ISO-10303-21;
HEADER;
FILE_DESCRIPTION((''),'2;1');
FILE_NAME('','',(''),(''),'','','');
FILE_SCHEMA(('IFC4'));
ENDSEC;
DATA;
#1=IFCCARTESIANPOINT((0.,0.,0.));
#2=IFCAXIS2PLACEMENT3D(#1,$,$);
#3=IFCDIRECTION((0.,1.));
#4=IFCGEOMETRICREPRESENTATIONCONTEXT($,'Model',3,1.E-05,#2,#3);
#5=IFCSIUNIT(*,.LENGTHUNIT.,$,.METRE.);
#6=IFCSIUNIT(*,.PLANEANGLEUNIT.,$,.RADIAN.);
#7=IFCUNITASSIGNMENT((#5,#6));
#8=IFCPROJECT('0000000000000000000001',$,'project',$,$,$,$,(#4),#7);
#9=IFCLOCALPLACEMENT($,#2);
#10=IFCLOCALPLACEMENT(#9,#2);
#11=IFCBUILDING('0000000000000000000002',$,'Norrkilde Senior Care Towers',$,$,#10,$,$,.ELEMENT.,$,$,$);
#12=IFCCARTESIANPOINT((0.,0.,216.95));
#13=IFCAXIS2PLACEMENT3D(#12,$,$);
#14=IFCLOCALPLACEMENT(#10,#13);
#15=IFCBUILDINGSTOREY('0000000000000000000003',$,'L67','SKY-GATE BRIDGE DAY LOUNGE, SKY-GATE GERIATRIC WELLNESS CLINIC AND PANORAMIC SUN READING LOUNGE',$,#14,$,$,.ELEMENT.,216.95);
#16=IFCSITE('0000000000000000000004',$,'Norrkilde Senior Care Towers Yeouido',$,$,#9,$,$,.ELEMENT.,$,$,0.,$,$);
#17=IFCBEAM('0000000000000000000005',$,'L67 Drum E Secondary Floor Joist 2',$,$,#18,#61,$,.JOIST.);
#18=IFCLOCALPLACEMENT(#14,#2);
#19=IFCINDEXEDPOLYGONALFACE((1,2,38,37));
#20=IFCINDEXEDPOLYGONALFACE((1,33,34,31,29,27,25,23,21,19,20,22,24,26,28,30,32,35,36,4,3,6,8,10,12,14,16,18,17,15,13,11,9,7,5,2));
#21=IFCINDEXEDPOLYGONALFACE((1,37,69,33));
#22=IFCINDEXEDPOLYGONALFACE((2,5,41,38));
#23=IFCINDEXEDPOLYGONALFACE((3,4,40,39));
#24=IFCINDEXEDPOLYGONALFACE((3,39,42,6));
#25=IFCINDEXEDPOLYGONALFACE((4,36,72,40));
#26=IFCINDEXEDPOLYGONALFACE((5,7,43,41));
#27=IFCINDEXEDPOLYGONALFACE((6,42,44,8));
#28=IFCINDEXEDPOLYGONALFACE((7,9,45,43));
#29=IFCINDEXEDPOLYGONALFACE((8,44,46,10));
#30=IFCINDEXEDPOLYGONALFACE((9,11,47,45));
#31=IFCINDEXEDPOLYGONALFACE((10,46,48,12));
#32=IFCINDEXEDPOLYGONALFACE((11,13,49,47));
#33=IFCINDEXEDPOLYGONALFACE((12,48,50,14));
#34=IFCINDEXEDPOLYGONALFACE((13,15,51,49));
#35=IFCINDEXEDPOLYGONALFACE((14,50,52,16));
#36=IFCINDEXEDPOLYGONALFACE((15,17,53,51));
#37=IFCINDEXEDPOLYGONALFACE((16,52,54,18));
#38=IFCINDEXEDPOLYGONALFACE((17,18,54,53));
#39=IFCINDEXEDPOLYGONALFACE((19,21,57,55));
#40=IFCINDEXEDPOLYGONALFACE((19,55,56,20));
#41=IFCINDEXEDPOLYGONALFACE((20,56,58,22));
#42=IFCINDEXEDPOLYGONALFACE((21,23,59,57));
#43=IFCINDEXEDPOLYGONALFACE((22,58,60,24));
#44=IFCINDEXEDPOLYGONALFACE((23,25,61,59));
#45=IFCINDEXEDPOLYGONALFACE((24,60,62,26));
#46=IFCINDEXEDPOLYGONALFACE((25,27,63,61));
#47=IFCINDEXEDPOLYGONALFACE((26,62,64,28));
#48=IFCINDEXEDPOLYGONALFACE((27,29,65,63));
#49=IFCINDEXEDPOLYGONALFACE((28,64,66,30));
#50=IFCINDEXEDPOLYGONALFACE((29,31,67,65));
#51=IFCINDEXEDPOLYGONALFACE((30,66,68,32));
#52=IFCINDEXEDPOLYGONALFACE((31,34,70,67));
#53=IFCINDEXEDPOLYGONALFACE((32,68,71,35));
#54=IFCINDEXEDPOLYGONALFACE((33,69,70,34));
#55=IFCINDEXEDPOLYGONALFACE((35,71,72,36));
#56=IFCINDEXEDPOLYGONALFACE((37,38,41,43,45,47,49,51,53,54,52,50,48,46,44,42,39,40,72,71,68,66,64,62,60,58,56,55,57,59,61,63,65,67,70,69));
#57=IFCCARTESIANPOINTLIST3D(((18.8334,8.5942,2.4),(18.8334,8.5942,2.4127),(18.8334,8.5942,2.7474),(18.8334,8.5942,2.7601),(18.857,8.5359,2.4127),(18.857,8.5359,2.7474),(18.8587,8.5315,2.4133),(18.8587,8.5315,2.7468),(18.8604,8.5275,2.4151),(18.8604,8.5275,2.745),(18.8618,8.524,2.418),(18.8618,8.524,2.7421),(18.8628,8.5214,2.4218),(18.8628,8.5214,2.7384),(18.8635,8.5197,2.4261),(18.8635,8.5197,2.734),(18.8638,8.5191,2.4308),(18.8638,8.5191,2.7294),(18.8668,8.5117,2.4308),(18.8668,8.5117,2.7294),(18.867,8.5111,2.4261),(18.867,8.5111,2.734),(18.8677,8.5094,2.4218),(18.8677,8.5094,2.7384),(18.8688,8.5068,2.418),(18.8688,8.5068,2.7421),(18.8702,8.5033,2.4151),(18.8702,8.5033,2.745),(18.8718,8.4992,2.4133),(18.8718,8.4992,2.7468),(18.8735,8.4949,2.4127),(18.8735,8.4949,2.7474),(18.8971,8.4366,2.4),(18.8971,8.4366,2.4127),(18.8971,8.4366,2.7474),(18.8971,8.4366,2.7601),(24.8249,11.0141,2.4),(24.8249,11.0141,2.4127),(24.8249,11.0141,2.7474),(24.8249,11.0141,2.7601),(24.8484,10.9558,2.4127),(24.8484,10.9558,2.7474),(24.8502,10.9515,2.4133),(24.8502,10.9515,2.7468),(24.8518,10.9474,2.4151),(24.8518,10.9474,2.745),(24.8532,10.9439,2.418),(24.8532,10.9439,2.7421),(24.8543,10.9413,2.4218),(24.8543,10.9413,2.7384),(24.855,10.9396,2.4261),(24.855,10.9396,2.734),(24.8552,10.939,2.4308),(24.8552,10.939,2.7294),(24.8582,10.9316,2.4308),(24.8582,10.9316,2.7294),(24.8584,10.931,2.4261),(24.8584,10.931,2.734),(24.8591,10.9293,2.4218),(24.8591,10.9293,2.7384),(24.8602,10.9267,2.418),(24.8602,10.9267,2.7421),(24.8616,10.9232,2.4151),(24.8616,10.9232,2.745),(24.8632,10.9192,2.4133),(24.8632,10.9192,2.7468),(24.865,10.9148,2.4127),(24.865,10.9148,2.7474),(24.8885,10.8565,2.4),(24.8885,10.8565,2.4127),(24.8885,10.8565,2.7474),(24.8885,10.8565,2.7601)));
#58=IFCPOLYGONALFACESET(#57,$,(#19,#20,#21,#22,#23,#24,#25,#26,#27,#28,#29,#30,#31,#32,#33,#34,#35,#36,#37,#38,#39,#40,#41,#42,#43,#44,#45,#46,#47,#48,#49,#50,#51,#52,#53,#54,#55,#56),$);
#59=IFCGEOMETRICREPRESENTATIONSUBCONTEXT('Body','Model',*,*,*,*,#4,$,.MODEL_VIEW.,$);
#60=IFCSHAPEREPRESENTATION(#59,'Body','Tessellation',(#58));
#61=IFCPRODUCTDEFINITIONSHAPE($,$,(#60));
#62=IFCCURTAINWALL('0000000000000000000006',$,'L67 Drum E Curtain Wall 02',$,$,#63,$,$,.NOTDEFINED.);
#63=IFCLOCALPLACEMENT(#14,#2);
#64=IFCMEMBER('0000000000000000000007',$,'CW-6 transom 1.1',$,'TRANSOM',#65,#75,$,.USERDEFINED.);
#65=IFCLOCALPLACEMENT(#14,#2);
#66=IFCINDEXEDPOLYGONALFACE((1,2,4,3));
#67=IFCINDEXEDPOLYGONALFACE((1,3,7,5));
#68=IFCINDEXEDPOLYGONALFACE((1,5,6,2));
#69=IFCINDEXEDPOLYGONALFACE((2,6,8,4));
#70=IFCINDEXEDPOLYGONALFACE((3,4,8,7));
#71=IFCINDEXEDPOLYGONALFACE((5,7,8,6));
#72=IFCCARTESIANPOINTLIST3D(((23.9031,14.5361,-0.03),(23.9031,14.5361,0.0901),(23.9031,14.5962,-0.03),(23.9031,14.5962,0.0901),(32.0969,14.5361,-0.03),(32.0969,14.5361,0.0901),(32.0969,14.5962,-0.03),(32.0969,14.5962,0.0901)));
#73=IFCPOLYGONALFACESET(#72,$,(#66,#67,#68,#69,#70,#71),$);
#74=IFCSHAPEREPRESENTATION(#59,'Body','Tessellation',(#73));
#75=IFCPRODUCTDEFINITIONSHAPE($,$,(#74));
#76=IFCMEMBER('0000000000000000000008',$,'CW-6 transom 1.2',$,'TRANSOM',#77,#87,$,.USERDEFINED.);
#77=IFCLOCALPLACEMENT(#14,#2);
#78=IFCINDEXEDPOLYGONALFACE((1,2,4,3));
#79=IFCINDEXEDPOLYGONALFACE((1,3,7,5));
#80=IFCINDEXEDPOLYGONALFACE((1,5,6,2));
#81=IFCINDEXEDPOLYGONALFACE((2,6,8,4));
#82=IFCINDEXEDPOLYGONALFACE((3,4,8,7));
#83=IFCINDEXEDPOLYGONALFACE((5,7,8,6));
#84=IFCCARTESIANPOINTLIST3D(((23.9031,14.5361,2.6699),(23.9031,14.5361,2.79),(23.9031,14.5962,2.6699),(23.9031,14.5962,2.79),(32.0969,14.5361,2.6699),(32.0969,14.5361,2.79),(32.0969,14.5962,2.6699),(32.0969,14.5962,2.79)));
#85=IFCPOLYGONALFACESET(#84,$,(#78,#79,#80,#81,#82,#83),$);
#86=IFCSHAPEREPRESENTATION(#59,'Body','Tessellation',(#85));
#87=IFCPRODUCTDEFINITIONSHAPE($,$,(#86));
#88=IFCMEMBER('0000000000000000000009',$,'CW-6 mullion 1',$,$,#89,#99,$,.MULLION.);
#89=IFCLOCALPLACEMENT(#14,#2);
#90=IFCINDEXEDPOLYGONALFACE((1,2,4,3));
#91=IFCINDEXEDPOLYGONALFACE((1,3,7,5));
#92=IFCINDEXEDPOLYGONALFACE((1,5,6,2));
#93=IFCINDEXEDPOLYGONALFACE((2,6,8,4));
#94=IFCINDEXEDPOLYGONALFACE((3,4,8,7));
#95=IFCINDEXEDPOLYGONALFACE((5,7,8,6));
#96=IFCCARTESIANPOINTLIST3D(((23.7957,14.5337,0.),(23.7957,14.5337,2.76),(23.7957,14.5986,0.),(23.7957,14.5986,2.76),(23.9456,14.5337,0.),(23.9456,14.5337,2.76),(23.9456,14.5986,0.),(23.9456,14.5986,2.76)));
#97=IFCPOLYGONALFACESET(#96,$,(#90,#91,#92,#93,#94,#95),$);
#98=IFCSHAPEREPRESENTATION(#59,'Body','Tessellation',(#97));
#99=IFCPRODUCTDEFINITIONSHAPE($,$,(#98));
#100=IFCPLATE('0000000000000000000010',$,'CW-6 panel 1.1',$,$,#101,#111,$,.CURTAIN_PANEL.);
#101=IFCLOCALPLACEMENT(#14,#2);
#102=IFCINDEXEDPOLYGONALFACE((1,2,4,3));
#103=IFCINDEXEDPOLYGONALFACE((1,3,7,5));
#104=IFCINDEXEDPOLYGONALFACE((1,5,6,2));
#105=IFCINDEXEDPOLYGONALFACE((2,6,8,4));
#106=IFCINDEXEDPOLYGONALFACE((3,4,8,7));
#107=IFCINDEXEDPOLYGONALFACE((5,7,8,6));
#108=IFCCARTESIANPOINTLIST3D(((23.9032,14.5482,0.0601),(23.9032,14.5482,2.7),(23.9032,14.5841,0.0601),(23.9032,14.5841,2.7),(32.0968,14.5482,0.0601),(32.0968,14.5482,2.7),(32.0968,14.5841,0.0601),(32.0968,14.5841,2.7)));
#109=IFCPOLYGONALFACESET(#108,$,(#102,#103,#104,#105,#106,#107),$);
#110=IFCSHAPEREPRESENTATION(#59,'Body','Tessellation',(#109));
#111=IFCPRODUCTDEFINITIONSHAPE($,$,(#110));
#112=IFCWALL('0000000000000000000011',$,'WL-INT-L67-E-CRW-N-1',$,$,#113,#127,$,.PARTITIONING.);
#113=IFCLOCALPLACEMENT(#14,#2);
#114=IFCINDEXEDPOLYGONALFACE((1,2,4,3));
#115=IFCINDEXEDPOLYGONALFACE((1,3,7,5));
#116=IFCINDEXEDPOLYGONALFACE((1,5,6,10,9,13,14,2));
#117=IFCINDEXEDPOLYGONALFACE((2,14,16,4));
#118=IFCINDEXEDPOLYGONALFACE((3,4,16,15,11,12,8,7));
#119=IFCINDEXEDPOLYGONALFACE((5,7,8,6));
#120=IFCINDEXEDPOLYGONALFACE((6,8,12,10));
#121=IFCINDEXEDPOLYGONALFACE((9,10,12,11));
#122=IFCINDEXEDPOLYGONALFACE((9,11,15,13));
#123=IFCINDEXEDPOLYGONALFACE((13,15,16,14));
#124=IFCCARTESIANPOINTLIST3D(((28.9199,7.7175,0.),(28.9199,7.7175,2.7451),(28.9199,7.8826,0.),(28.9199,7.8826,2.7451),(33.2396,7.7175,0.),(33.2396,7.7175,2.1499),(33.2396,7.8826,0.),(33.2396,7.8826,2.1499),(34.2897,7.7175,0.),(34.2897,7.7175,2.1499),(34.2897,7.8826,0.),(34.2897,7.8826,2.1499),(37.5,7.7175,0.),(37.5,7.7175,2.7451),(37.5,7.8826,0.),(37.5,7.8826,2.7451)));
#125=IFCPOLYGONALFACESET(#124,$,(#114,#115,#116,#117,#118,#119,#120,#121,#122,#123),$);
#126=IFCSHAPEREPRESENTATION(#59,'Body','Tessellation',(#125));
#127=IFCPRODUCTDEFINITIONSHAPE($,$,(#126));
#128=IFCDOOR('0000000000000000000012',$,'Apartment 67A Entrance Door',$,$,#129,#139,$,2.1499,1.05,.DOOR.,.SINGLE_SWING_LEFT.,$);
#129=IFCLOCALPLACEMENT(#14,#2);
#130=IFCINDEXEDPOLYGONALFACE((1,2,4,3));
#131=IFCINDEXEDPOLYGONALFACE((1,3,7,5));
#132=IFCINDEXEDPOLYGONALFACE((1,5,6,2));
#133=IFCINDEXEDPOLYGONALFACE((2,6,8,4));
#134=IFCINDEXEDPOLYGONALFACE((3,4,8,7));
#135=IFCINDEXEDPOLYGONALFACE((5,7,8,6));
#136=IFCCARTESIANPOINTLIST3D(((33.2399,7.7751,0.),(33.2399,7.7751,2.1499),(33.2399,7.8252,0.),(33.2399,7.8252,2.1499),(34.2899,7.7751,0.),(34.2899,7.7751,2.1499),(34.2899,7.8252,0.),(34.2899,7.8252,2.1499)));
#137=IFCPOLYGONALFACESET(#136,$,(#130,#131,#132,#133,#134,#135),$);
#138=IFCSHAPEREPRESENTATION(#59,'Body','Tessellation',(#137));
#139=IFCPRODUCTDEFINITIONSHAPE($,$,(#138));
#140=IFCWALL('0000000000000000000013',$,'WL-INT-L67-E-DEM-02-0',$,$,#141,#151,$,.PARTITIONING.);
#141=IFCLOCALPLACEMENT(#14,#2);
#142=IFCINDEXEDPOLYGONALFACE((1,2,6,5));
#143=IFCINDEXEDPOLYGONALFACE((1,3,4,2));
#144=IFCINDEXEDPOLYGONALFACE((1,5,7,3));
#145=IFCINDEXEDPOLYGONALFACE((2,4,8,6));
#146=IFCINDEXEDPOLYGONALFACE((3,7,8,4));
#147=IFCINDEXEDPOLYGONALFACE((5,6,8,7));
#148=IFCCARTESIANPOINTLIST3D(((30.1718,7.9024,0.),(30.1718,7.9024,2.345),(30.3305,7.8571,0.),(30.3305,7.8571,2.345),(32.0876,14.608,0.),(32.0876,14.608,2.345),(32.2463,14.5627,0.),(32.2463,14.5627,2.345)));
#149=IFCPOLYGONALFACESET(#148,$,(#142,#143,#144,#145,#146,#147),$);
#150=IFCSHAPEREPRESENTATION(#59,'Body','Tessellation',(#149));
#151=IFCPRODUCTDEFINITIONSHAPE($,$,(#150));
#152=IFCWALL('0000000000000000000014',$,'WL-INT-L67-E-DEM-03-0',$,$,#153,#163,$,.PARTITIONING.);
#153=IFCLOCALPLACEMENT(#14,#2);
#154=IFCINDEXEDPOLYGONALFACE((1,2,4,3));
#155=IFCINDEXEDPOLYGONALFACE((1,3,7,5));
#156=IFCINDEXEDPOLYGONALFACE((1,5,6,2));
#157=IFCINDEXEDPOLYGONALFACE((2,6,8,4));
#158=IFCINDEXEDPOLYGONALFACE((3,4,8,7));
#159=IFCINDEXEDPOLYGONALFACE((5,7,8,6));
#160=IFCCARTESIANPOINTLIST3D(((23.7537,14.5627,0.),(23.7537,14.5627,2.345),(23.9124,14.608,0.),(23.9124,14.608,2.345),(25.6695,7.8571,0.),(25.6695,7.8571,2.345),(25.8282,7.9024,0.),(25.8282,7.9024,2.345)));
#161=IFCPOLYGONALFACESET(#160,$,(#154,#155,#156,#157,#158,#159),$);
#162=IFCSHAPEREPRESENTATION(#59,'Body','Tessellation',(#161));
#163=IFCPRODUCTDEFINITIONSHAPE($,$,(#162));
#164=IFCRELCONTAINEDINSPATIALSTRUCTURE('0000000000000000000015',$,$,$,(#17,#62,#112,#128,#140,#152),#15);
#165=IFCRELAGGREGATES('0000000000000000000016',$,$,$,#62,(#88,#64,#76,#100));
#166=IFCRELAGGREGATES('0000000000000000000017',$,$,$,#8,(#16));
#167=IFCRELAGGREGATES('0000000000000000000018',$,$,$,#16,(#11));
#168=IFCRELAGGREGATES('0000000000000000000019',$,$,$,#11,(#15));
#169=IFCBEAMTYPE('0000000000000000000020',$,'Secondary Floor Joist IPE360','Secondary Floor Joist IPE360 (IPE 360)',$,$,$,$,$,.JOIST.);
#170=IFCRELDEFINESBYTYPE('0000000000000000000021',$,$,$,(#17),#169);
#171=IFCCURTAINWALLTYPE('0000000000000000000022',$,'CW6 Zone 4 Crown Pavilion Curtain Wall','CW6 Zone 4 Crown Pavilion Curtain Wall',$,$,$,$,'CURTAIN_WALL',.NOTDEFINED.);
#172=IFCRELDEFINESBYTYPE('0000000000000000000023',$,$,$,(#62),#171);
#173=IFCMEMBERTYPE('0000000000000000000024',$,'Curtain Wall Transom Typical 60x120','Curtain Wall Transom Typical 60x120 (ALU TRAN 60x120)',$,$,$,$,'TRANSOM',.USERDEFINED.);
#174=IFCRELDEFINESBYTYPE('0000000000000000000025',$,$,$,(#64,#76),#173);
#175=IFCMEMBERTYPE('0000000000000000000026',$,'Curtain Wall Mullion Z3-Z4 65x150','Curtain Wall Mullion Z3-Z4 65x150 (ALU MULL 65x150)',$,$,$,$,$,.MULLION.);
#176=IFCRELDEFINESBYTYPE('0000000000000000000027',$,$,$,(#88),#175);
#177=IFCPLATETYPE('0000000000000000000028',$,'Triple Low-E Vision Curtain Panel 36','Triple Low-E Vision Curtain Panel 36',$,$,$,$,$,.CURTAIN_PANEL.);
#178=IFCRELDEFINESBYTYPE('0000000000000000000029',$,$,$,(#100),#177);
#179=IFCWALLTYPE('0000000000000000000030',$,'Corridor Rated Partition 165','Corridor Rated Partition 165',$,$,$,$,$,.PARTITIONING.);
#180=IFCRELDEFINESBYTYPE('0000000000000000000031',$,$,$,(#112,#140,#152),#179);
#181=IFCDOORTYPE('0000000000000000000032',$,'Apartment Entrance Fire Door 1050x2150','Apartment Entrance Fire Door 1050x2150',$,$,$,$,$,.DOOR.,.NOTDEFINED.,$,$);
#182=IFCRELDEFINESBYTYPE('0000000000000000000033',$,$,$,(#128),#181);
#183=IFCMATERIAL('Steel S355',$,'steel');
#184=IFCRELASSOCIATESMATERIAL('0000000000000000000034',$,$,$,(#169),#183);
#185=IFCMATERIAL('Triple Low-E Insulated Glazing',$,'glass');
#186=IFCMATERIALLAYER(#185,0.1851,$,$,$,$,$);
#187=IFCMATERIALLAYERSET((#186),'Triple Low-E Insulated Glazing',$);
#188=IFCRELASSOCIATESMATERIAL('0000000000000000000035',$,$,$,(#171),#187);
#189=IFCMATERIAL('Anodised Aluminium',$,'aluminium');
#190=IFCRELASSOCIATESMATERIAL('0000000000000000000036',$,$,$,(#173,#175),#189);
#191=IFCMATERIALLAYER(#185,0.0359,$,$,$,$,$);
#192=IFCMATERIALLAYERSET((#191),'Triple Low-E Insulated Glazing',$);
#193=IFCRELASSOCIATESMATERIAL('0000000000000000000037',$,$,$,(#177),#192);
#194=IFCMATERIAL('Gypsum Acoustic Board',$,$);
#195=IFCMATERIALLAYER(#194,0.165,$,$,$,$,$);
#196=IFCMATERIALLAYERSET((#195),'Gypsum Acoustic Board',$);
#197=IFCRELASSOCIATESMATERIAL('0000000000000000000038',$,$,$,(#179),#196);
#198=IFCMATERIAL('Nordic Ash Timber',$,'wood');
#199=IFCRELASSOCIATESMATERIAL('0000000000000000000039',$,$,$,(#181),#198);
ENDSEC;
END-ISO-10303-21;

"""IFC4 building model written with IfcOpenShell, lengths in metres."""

from ifc_helpers import new_model, si_unit, direction, frame, frame_2d, origin, origin_2d, place, context, subcontext, project, spatial, rectangle, i_section, extrude, source, transform, mapped, material, layer, layer_set, material_profile, profile_set, type_object, type_shapes, element, fill, aggregate, save


model = new_model("IFC4")

# Units and contexts
model_context = context("Model", 3, precision=1e-05, world=origin(), true_north=direction((0.0, 1.0)))
body_context = subcontext(model_context, "Body", "Model", "MODEL_VIEW")
ifc_project = project(units=[si_unit("LENGTHUNIT", "METRE"), si_unit("PLANEANGLEUNIT", "RADIAN")], contexts=[model_context])

# Site, building, storey
site_placement = place(None, origin())
site = spatial("IfcSite", under=ifc_project, at=site_placement, Name="Norrkilde Senior Care Towers Yeouido", CompositionType="ELEMENT", RefElevation=0.0)
building_placement = place(site_placement, origin())
building = spatial("IfcBuilding", under=site, at=building_placement, Name="Norrkilde Senior Care Towers", CompositionType="ELEMENT")
storey_placement = place(building_placement, frame((0.0, 0.0, 216.95)))
storey = spatial("IfcBuildingStorey", under=building, at=storey_placement, Name="L67", Description="SKY-GATE BRIDGE DAY LOUNGE, SKY-GATE GERIATRIC WELLNESS CLINIC AND PANORAMIC SUN READING LOUNGE", CompositionType="ELEMENT", Elevation=216.95)

# Beam
ifc_material_1 = material(Name="Steel S355", Category="steel")
ifc_material_profile_1 = material_profile(ifc_material_1, i_section(OverallWidth=0.1699, OverallDepth=0.3601, WebThickness=0.0081, FlangeThickness=0.0127, FilletRadius=0.0181, at=origin_2d()), Name="IPE 360")
ifc_profile_set_1 = profile_set([ifc_material_profile_1], Name="Steel S355")
beam_type_1 = type_object("IfcBeamType", Name="Secondary Floor Joist IPE360", Description="Secondary Floor Joist IPE360 (IPE 360)", PredefinedType="JOIST", material=ifc_profile_set_1)
shared_shape_1 = source(origin(), body_context, "Body", "SweptSolid", [
    extrude(i_section(OverallWidth=0.1699, OverallDepth=0.3601, WebThickness=0.0081, FlangeThickness=0.0127, FilletRadius=0.0181, at=origin_2d()), origin(), (0.0, 0.0, 1.0), 6.4617),
])
type_shapes(beam_type_1, [shared_shape_1])
beam_1_placement = place(storey_placement, frame((24.8567, 10.9353, 2.5801), z_axis=(-0.927226, -0.374502, 0.0), x_axis=(0.374502, -0.927226, 0.0)))
element("IfcBeam", 1, at=beam_1_placement, inside=storey, type_object=beam_type_1, Name="L67 Drum E Secondary Floor Joist 2", PredefinedType="JOIST", context=body_context, shape_type="MappedRepresentation", body=[
    mapped(shared_shape_1, transform((0.0, 0.0, 0.0), x_axis=(1.0, 0.0, 0.0), y_axis=(0.0, 1.0, 0.0), z_axis=(0.0, 0.0, 1.0), scale=1.0)),
])

# Curtain wall, members, plate
ifc_material_2 = material(Name="Triple Low-E Insulated Glazing", Category="glass")
ifc_layer_1 = layer(ifc_material_2, 0.1851)
ifc_layer_set_1 = layer_set([ifc_layer_1], Name="Triple Low-E Insulated Glazing")
curtain_wall_type = type_object("IfcCurtainWallType", Name="CW6 Zone 4 Crown Pavilion Curtain Wall", Description="CW6 Zone 4 Crown Pavilion Curtain Wall", ElementType="CURTAIN_WALL", PredefinedType="NOTDEFINED", material=ifc_layer_set_1)
curtain_wall_placement = place(storey_placement, origin())
curtain_wall = element("IfcCurtainWall", 2, at=curtain_wall_placement, inside=storey, type_object=curtain_wall_type, Name="L67 Drum E Curtain Wall 02", PredefinedType="NOTDEFINED")
ifc_material_3 = material(Name="Anodised Aluminium", Category="aluminium")
ifc_material_profile_2 = material_profile(ifc_material_3, rectangle(XDim=0.0601, YDim=0.1201, at=origin_2d()), Name="ALU TRAN 60x120")
ifc_profile_set_2 = profile_set([ifc_material_profile_2], Name="Anodised Aluminium")
member_type_1 = type_object("IfcMemberType", Name="Curtain Wall Transom Typical 60x120", Description="Curtain Wall Transom Typical 60x120 (ALU TRAN 60x120)", ElementType="TRANSOM", PredefinedType="USERDEFINED", material=ifc_profile_set_2)
shared_shape_2 = source(origin(), body_context, "Body", "SweptSolid", [
    extrude(rectangle(XDim=0.0601, YDim=0.1201, at=origin_2d()), origin(), (0.0, 0.0, 1.0), 8.1938),
])
type_shapes(member_type_1, [shared_shape_2])
member_1_placement = place(storey_placement, frame((23.9031, 14.5662, 0.03), z_axis=(1.0, 0.0, 0.0), x_axis=(0.0, 1.0, 0.0)))
member_1 = element("IfcMember", 3, at=member_1_placement, type_object=member_type_1, Name="CW-6 transom 1.1", ObjectType="TRANSOM", PredefinedType="USERDEFINED", context=body_context, shape_type="MappedRepresentation", body=[
    mapped(shared_shape_2, transform((0.0, 0.0, 0.0), x_axis=(1.0, 0.0, 0.0), y_axis=(0.0, 1.0, 0.0), z_axis=(0.0, 0.0, 1.0), scale=1.0)),
])
member_2_placement = place(storey_placement, frame((23.9031, 14.5662, 2.73), z_axis=(1.0, 0.0, 0.0), x_axis=(0.0, 1.0, 0.0)))
member_2 = element("IfcMember", 4, at=member_2_placement, type_object=member_type_1, Name="CW-6 transom 1.2", ObjectType="TRANSOM", PredefinedType="USERDEFINED", context=body_context, shape_type="MappedRepresentation", body=[
    mapped(shared_shape_2, transform((0.0, 0.0, 0.0), x_axis=(1.0, 0.0, 0.0), y_axis=(0.0, 1.0, 0.0), z_axis=(0.0, 0.0, 1.0), scale=1.0)),
])
ifc_material_profile_3 = material_profile(ifc_material_3, rectangle(XDim=0.0649, YDim=0.1499, at=origin_2d()), Name="ALU MULL 65x150")
ifc_profile_set_3 = profile_set([ifc_material_profile_3], Name="Anodised Aluminium")
member_type_2 = type_object("IfcMemberType", Name="Curtain Wall Mullion Z3-Z4 65x150", Description="Curtain Wall Mullion Z3-Z4 65x150 (ALU MULL 65x150)", PredefinedType="MULLION", material=ifc_profile_set_3)
shared_shape_3 = source(origin(), body_context, "Body", "SweptSolid", [
    extrude(rectangle(XDim=0.0649, YDim=0.1499, at=origin_2d()), origin(), (0.0, 0.0, 1.0), 2.76),
])
type_shapes(member_type_2, [shared_shape_3])
member_3_placement = place(storey_placement, frame((23.8706, 14.5662, 0.0), z_axis=(0.0, 0.0, 1.0), x_axis=(0.0, 1.0, 0.0)))
member_3 = element("IfcMember", 5, at=member_3_placement, type_object=member_type_2, Name="CW-6 mullion 1", PredefinedType="MULLION", context=body_context, shape_type="MappedRepresentation", body=[
    mapped(shared_shape_3, transform((0.0, 0.0, 0.0), x_axis=(1.0, 0.0, 0.0), y_axis=(0.0, 1.0, 0.0), z_axis=(0.0, 0.0, 1.0), scale=1.0)),
])
ifc_layer_2 = layer(ifc_material_2, 0.0359)
ifc_layer_set_2 = layer_set([ifc_layer_2], Name="Triple Low-E Insulated Glazing")
plate_type = type_object("IfcPlateType", Name="Triple Low-E Vision Curtain Panel 36", Description="Triple Low-E Vision Curtain Panel 36", PredefinedType="CURTAIN_PANEL", material=ifc_layer_set_2)
shared_shape_4 = source(origin(), body_context, "Body", "SweptSolid", [
    extrude(rectangle(XDim=8.1936, YDim=0.0359, at=origin_2d()), origin(), (0.0, 0.0, 1.0), 2.6399),
])
type_shapes(plate_type, [shared_shape_4])
plate_placement = place(storey_placement, frame((28.0, 14.5662, 0.0601), z_axis=(0.0, 0.0, 1.0), x_axis=(1.0, 0.0, 0.0)))
plate = element("IfcPlate", 6, at=plate_placement, type_object=plate_type, Name="CW-6 panel 1.1", PredefinedType="CURTAIN_PANEL", context=body_context, shape_type="MappedRepresentation", body=[
    mapped(shared_shape_4, transform((0.0, 0.0, 0.0), x_axis=(1.0, 0.0, 0.0), y_axis=(0.0, 1.0, 0.0), z_axis=(0.0, 0.0, 1.0), scale=1.0)),
])
aggregate(curtain_wall, [member_3, member_1, member_2, plate])

# Wall, opening, door
ifc_material_4 = material(Name="Gypsum Acoustic Board")
ifc_layer_3 = layer(ifc_material_4, 0.165)
ifc_layer_set_3 = layer_set([ifc_layer_3], Name="Gypsum Acoustic Board")
wall_type = type_object("IfcWallType", Name="Corridor Rated Partition 165", Description="Corridor Rated Partition 165", PredefinedType="PARTITIONING", material=ifc_layer_set_3)
shared_shape_5 = source(origin(), body_context, "Body", "SweptSolid", [
    extrude(rectangle(XDim=8.5801, YDim=0.165, at=frame_2d((4.29, 0.0))), origin(), (0.0, 0.0, 1.0), 2.7451),
])
wall_1_placement = place(storey_placement, frame((28.9199, 7.8, 0.0), z_axis=(0.0, 0.0, 1.0), x_axis=(1.0, 0.0, 0.0)))
wall_1 = element("IfcWall", 7, at=wall_1_placement, inside=storey, type_object=wall_type, Name="WL-INT-L67-E-CRW-N-1", PredefinedType="PARTITIONING", context=body_context, shape_type="MappedRepresentation", body=[
    mapped(shared_shape_5, transform((0.0, 0.0, 0.0), x_axis=(1.0, 0.0, 0.0), y_axis=(0.0, 1.0, 0.0), z_axis=(0.0, 0.0, 1.0), scale=1.0)),
])
opening_1_placement = place(wall_1_placement, frame((4.3198, 0.0, 0.0)))
opening_1 = element("IfcOpeningElement", 8, at=opening_1_placement, cuts=wall_1, PredefinedType="OPENING", context=body_context, shape_type="SweptSolid", body=[
    extrude(rectangle(XDim=1.05, YDim=2.1499, at=frame_2d((0.5249, 1.075))), frame((0.0, 0.0925, 0.0), z_axis=(0.0, -1.0, 0.0), x_axis=(1.0, 0.0, 0.0)), (0.0, 0.0, 1.0), 0.1851),
])
ifc_material_5 = material(Name="Nordic Ash Timber", Category="wood")
door_type_1 = type_object("IfcDoorType", Name="Apartment Entrance Fire Door 1050x2150", Description="Apartment Entrance Fire Door 1050x2150", OperationType="NOTDEFINED", PredefinedType="DOOR", material=ifc_material_5)
shared_shape_6 = source(origin(), body_context, "Body", "SweptSolid", [
    extrude(rectangle(XDim=1.05, YDim=2.1499, at=frame_2d((0.5249, 1.075))), frame((0.0, 0.0249, 0.0), z_axis=(0.0, -1.0, 0.0), x_axis=(1.0, 0.0, 0.0)), (0.0, 0.0, 1.0), 0.05),
])
type_shapes(door_type_1, [shared_shape_6])
door_1_placement = place(opening_1_placement, frame((1.05, 0.0, 0.0), z_axis=(0.0, 0.0, 1.0), x_axis=(-1.0, 0.0, 0.0)))
door_1 = element("IfcDoor", 9, at=door_1_placement, inside=storey, type_object=door_type_1, Name="Apartment 67A Entrance Door", OperationType="SINGLE_SWING_LEFT", OverallHeight=2.1499, OverallWidth=1.05, PredefinedType="DOOR", context=body_context, shape_type="MappedRepresentation", body=[
    mapped(shared_shape_6, transform((0.0, 0.0, 0.0), x_axis=(1.0, 0.0, 0.0), y_axis=(0.0, 1.0, 0.0), z_axis=(0.0, 0.0, 1.0), scale=1.0)),
])
fill(opening_1, door_1)

# Walls
shared_shape_7 = source(origin(), body_context, "Body", "SweptSolid", [
    extrude(rectangle(XDim=6.9739, YDim=0.165, at=frame_2d((3.4868, 0.0))), origin(), (0.0, 0.0, 1.0), 2.345),
])
for number, where, z_axis, x_axis, name in (
    (10, (30.2512, 7.8799, 0.0), (0.0, 0.0, 1.0), (0.274707, 0.961528, 0.0), "WL-INT-L67-E-DEM-02-0"),
    (11, (25.7488, 7.8799, 0.0), (0.0, 0.0, 1.0), (-0.274707, 0.961528, 0.0), "WL-INT-L67-E-DEM-03-0"),
):
    element("IfcWall", number, at=place(storey_placement, frame(where, z_axis=z_axis, x_axis=x_axis)), inside=storey, type_object=wall_type, Name=name, PredefinedType="PARTITIONING", context=body_context, shape_type="MappedRepresentation", body=[
        mapped(shared_shape_7, transform((0.0, 0.0, 0.0), x_axis=(1.0, 0.0, 0.0), y_axis=(0.0, 1.0, 0.0), z_axis=(0.0, 0.0, 1.0), scale=1.0)),
    ])

save(model, "model.ifc")
